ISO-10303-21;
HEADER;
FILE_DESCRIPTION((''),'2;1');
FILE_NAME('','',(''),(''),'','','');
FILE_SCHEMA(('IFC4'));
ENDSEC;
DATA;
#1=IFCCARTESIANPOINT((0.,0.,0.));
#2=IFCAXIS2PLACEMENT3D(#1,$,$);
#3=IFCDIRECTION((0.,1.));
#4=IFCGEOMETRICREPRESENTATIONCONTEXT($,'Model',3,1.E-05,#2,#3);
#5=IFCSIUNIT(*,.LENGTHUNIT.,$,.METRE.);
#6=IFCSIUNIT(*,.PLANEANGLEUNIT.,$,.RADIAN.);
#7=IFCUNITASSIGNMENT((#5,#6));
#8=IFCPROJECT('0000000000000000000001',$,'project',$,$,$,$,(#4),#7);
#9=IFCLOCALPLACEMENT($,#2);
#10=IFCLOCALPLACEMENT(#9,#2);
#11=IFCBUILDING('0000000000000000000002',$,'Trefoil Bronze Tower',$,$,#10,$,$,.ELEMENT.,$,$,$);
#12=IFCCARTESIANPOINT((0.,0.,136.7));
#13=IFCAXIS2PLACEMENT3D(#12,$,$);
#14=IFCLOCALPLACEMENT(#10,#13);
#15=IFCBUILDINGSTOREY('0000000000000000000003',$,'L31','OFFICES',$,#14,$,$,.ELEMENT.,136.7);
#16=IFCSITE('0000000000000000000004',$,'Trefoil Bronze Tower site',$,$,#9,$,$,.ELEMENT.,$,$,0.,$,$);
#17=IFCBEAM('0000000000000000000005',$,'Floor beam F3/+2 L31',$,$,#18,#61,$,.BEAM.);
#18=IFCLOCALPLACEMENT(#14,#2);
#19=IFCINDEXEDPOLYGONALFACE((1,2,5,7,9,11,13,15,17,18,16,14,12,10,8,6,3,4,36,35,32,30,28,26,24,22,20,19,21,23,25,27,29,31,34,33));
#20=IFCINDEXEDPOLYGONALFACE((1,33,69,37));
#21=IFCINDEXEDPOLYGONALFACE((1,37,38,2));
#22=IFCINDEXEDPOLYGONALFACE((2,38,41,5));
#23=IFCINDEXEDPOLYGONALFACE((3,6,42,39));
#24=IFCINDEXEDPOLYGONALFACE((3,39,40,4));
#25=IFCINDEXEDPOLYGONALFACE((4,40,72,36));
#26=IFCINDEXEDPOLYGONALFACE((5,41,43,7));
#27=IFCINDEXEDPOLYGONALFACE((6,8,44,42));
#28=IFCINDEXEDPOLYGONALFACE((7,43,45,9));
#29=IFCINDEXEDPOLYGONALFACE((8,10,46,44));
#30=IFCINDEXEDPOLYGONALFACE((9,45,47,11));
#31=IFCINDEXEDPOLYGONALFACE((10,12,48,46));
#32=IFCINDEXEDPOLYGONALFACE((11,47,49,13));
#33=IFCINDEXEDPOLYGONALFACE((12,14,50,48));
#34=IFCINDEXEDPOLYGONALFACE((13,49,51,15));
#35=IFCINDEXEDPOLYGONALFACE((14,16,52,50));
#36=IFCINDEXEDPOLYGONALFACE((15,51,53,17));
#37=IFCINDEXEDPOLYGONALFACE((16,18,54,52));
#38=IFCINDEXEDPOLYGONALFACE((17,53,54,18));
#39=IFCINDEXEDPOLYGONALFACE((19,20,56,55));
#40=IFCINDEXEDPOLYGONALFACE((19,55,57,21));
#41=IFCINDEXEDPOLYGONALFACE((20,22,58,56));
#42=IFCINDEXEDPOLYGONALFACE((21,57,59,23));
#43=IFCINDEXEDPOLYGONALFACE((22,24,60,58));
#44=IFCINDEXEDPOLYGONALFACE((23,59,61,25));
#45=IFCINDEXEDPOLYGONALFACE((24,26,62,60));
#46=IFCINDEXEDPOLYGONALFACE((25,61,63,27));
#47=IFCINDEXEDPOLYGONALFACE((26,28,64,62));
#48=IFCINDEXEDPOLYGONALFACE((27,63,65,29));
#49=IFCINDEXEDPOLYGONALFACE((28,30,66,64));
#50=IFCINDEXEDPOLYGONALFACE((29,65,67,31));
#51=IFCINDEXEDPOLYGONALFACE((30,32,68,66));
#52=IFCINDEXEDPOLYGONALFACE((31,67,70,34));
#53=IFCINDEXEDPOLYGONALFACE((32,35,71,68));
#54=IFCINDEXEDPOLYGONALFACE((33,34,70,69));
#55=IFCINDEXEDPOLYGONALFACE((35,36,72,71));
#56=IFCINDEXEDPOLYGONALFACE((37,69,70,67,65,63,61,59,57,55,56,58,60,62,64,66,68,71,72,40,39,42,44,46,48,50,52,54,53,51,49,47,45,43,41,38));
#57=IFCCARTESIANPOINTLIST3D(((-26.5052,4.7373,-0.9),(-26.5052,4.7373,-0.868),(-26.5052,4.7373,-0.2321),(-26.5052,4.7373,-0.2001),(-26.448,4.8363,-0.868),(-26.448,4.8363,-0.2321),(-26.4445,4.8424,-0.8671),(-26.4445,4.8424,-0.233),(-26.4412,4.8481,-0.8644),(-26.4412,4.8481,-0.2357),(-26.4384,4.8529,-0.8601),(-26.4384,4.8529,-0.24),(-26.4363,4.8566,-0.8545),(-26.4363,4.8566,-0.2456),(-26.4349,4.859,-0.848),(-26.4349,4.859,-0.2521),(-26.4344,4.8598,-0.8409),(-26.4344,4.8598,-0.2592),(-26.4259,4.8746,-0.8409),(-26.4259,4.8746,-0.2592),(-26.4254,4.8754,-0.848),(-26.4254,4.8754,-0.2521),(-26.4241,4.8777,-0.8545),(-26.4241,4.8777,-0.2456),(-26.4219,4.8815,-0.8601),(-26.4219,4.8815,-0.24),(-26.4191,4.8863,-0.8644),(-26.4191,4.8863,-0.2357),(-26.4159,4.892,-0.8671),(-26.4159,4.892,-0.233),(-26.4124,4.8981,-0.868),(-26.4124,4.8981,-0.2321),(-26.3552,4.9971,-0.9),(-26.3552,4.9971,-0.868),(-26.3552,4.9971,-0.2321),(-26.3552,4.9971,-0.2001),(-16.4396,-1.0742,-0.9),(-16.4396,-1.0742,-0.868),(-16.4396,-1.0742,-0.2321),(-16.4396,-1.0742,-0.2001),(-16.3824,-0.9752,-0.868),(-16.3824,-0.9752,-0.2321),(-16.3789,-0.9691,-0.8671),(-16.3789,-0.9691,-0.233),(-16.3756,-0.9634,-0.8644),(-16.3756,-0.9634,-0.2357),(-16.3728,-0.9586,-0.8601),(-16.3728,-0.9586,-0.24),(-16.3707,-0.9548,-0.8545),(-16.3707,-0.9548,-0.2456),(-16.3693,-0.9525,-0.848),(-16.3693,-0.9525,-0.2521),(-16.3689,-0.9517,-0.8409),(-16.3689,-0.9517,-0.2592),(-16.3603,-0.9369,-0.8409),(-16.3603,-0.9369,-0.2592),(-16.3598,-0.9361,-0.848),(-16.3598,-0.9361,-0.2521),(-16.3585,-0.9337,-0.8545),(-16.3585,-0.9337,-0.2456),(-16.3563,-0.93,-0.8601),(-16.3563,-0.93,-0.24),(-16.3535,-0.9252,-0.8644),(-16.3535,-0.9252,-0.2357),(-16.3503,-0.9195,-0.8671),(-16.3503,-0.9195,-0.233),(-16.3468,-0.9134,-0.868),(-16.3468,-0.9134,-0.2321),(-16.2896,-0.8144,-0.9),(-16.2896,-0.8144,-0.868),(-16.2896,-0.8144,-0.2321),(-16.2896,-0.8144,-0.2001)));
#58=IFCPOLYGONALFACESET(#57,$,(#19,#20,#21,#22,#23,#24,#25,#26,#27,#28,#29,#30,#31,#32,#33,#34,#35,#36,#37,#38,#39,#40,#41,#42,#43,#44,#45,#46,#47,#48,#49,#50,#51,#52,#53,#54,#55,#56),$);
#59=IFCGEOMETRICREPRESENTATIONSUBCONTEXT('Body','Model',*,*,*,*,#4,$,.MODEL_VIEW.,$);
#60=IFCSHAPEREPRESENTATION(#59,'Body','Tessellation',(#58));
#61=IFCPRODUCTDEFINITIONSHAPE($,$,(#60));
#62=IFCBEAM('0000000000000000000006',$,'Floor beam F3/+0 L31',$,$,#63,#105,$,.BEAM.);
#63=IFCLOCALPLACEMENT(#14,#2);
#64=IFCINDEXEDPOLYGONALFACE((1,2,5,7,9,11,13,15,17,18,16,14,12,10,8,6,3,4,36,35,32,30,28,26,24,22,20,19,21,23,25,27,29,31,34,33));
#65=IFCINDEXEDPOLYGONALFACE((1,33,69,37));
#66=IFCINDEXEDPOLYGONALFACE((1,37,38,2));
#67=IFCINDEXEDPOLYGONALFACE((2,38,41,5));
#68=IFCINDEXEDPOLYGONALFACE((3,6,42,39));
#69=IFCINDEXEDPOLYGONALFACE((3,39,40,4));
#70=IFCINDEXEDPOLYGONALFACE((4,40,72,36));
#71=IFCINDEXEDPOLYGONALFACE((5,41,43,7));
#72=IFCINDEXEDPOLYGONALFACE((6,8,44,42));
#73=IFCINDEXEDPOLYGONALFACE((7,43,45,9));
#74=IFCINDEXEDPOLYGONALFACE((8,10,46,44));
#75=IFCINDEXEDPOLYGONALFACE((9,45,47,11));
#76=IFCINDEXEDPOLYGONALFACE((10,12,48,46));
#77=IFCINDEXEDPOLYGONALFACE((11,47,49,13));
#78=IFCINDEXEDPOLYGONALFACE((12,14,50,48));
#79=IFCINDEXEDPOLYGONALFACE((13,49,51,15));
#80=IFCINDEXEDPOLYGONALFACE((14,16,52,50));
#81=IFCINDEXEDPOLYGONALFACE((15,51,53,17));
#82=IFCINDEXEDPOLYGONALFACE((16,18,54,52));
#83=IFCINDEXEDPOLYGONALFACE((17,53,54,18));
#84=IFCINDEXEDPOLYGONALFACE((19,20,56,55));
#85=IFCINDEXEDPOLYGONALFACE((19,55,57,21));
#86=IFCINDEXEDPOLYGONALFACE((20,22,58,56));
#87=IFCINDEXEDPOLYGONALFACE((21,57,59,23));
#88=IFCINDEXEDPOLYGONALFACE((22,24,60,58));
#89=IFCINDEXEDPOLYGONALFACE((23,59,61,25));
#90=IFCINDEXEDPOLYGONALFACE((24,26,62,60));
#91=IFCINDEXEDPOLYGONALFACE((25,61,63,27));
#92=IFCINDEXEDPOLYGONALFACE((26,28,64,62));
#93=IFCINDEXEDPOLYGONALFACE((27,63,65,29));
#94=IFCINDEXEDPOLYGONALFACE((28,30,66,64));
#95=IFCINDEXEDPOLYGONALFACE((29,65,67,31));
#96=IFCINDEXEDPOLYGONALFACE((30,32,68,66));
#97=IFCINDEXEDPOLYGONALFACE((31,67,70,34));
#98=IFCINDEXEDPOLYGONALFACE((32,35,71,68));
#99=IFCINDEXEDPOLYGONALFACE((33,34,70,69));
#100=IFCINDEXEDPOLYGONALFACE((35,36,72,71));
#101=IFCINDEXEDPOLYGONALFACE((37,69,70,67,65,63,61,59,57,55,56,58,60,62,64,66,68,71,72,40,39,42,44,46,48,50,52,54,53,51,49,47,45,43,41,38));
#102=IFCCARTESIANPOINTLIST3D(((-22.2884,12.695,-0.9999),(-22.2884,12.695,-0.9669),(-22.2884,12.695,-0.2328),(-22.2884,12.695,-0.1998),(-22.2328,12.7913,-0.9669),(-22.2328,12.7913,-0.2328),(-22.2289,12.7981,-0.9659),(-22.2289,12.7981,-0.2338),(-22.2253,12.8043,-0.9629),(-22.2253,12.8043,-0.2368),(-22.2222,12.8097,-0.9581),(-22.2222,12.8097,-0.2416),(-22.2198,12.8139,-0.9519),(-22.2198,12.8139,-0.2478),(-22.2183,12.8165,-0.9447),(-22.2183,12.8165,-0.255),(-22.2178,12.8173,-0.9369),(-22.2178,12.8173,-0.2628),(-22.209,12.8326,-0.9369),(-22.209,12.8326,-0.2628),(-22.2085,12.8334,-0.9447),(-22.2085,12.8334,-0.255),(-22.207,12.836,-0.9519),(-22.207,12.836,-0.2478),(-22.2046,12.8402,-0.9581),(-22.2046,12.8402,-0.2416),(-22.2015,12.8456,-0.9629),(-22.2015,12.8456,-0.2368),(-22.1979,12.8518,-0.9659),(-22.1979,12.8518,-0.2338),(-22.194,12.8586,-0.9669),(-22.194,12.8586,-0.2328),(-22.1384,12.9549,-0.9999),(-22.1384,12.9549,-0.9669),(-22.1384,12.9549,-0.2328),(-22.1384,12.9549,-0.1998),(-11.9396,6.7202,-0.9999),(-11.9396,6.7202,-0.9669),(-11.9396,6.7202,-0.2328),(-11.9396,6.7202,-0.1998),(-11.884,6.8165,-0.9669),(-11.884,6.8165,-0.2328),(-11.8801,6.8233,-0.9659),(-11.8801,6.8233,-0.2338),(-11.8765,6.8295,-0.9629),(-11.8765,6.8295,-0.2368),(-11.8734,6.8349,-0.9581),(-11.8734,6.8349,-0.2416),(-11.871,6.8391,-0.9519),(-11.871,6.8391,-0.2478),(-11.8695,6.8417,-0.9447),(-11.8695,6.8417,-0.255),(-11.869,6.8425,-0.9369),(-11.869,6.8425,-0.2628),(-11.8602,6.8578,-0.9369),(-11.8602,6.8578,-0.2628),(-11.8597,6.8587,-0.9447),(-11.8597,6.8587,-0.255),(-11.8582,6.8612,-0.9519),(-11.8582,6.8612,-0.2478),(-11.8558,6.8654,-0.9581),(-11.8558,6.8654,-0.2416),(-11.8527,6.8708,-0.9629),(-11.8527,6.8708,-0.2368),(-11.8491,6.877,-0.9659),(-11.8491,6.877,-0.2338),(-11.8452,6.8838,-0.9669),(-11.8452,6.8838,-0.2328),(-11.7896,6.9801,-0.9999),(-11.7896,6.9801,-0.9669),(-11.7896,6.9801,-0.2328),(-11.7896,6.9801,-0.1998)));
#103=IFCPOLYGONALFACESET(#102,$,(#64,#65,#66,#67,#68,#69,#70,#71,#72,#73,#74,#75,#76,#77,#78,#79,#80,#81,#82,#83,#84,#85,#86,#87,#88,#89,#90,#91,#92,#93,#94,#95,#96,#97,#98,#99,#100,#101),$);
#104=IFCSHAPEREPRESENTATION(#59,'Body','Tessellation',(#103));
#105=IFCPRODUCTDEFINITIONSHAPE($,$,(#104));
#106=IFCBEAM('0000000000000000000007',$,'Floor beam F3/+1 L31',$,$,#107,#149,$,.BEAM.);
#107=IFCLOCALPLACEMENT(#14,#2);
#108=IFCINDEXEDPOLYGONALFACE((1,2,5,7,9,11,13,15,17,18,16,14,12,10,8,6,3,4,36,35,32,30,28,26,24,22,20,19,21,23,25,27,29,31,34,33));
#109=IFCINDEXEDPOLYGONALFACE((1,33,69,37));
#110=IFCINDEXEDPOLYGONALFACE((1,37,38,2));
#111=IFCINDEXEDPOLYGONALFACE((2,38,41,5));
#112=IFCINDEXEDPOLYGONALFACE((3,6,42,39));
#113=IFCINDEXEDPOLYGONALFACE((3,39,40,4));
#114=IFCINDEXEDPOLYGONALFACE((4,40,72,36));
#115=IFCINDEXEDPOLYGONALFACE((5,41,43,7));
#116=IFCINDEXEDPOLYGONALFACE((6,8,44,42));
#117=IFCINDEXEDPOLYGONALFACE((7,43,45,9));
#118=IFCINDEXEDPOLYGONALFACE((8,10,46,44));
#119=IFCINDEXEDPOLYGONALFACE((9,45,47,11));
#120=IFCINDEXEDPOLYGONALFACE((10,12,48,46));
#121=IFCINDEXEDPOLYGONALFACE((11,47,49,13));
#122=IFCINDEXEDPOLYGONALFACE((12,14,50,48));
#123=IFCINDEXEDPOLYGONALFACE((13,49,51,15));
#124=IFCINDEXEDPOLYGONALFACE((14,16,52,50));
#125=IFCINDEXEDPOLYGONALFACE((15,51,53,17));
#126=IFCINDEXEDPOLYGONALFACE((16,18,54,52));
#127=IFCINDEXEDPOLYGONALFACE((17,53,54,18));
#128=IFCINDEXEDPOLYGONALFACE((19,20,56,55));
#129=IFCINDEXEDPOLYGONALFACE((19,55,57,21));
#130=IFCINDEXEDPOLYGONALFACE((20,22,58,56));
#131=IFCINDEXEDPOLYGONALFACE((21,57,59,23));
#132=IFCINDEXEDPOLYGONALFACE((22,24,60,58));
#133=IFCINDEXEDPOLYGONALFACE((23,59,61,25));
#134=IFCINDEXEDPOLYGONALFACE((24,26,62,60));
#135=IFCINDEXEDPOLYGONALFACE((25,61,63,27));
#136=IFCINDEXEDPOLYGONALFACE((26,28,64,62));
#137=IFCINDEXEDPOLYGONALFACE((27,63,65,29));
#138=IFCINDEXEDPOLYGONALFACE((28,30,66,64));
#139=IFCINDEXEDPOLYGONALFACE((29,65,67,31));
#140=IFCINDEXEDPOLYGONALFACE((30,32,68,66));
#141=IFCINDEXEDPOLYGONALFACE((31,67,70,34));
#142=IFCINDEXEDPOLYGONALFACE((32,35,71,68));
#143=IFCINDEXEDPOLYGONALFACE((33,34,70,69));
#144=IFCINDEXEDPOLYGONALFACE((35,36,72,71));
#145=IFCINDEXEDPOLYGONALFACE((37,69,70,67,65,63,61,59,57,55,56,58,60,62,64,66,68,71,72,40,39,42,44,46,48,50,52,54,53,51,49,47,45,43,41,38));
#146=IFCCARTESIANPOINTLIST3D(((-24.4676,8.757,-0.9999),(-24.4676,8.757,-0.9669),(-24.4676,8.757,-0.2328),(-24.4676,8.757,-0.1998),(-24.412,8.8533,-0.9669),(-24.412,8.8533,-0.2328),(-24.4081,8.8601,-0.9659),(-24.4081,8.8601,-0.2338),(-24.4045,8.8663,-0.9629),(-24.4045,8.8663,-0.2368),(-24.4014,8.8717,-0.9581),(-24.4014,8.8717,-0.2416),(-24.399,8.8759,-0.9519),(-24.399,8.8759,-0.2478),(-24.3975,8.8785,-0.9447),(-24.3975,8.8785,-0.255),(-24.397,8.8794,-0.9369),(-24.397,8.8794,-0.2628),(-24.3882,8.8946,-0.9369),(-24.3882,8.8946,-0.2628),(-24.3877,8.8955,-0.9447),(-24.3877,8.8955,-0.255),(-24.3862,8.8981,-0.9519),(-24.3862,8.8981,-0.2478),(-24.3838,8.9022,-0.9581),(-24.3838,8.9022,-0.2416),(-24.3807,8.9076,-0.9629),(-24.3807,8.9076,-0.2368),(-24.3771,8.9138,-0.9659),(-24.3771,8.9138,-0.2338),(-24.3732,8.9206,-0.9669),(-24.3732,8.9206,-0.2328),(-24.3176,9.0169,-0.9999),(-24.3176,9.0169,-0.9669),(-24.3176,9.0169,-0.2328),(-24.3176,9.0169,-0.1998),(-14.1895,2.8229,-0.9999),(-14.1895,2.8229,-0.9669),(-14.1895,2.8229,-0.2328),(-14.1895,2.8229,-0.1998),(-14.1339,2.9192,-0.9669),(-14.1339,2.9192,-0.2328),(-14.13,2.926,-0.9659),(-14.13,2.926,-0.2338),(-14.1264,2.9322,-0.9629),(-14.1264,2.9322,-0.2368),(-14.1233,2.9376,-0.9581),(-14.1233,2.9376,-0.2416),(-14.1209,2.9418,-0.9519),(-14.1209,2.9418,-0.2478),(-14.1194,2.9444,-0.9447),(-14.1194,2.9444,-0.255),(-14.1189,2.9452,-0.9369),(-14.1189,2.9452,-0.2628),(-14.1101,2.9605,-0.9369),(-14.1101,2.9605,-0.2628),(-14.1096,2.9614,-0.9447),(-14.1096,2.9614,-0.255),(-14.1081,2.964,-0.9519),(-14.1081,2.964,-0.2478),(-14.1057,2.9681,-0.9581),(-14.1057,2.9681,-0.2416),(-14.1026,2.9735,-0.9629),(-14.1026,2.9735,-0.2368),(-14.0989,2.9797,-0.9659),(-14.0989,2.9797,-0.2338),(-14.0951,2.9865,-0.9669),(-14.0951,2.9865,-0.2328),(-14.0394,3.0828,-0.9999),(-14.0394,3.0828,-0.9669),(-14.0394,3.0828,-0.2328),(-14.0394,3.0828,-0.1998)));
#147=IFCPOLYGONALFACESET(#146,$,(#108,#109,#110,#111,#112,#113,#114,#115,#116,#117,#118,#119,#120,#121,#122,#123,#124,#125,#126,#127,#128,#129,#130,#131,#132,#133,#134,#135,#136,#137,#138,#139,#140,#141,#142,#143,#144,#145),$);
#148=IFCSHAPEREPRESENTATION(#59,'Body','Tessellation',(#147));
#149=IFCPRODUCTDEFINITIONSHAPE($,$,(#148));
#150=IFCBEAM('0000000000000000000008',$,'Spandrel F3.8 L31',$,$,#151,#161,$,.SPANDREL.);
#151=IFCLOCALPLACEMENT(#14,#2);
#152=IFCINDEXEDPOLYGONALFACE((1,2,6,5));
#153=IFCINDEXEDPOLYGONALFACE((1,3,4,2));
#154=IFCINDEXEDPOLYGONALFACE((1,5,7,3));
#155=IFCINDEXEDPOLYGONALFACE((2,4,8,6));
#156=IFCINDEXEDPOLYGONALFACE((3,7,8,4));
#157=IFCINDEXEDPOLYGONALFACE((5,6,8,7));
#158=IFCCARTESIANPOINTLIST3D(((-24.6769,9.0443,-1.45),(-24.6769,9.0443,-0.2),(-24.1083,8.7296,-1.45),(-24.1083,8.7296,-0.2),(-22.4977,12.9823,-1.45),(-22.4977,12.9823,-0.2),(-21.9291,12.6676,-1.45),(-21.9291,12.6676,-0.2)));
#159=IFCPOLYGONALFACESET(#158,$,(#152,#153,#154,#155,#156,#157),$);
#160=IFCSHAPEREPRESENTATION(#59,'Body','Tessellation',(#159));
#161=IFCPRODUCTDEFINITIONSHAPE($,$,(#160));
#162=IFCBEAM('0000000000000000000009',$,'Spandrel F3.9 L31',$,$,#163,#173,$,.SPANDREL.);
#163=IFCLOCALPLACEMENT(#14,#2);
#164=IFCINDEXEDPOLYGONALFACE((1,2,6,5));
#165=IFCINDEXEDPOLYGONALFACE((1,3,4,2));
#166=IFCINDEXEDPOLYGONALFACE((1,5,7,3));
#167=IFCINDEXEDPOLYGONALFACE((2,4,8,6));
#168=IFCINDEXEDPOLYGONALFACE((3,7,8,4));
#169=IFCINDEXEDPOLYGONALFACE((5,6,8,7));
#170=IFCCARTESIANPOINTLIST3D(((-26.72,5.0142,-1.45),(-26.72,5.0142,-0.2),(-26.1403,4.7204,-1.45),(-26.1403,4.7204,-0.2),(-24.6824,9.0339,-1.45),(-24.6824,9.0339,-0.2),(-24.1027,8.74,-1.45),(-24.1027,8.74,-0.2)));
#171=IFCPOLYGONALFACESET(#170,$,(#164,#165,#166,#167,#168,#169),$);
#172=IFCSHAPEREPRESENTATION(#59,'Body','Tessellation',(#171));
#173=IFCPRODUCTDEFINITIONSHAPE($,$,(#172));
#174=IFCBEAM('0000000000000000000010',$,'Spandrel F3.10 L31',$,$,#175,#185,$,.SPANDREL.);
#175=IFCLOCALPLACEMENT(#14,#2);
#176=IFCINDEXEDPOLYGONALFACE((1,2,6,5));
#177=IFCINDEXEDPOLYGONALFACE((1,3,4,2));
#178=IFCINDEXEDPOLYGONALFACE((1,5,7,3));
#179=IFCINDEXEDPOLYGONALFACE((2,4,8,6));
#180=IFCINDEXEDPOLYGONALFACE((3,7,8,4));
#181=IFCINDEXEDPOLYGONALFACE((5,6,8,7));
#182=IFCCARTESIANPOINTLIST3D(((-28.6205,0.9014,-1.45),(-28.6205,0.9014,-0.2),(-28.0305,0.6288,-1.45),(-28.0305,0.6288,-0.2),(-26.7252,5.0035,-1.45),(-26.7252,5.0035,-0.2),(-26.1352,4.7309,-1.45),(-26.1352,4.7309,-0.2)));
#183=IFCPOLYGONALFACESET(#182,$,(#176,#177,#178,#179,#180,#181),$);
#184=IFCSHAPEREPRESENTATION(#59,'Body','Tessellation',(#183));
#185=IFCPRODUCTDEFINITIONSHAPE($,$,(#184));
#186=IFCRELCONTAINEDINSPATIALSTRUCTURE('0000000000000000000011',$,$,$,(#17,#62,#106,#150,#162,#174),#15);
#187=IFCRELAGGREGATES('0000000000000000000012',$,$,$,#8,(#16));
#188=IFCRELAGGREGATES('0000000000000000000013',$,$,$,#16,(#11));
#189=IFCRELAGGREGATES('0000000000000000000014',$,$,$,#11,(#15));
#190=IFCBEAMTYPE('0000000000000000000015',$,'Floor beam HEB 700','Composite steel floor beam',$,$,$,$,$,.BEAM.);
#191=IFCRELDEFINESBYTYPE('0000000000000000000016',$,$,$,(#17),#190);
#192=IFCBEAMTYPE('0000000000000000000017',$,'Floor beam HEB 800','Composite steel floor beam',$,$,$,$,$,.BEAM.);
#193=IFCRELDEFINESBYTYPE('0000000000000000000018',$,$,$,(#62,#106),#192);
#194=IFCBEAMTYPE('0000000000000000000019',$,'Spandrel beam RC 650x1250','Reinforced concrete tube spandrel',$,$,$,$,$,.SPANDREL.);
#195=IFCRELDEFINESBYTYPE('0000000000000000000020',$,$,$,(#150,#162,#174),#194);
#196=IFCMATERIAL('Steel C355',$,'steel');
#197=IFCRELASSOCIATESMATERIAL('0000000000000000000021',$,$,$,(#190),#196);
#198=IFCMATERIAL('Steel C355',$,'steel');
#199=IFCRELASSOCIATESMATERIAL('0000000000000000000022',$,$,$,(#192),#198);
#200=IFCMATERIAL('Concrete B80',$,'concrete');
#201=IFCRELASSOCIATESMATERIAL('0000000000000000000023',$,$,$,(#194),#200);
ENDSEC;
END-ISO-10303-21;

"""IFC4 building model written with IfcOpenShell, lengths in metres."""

from ifc_helpers import new_model, si_unit, direction, frame, origin, origin_2d, place, context, subcontext, project, spatial, rectangle, i_section, extrude, material, material_profile, profile_set, type_object, element, save


model = new_model("IFC4")

# Units and contexts
model_context = context("Model", 3, precision=1e-05, world=origin(), true_north=direction((0.0, 1.0)))
body_context = subcontext(model_context, "Body", "Model", "MODEL_VIEW")
ifc_project = project(units=[si_unit("LENGTHUNIT", "METRE"), si_unit("PLANEANGLEUNIT", "RADIAN")], contexts=[model_context])

# Site, building, storey
site_placement = place(None, origin())
site = spatial("IfcSite", under=ifc_project, at=site_placement, Name="Trefoil Bronze Tower site", CompositionType="ELEMENT", RefElevation=0.0)
building_placement = place(site_placement, origin())
building = spatial("IfcBuilding", under=site, at=building_placement, Name="Trefoil Bronze Tower", CompositionType="ELEMENT")
storey_placement = place(building_placement, frame((0.0, 0.0, 136.7)))
storey = spatial("IfcBuildingStorey", under=building, at=storey_placement, Name="L31", Description="OFFICES", CompositionType="ELEMENT", Elevation=136.7)

# Beams
ifc_material_1 = material(Name="Steel C355", Category="steel")
ifc_material_profile_1 = material_profile(ifc_material_1, i_section(OverallWidth=0.3, OverallDepth=0.7, WebThickness=0.0171, FlangeThickness=0.032, FilletRadius=0.0271, at=origin_2d()), Name="HEB 700")
ifc_profile_set_1 = profile_set([ifc_material_profile_1], Name="Steel C355")
beam_type_1 = type_object("IfcBeamType", Name="Floor beam HEB 700", Description="Composite steel floor beam", PredefinedType="BEAM", material=ifc_profile_set_1)
beam_1_placement = place(storey_placement, frame((-26.4302, 4.8672, -0.55), z_axis=(0.866022, -0.500007, 0.0), x_axis=(0.500007, 0.866022, 0.0)))
element("IfcBeam", 1, at=beam_1_placement, inside=storey, type_object=beam_type_1, Name="Floor beam F3/+2 L31", PredefinedType="BEAM", context=body_context, shape_type="SweptSolid", body=[
    extrude(i_section(OverallWidth=0.3, OverallDepth=0.7, WebThickness=0.0171, FlangeThickness=0.032, FilletRadius=0.0271, at=origin_2d()), origin(), (0.0, 0.0, 1.0), 11.6228),
])
ifc_material_2 = material(Name="Steel C355", Category="steel")
ifc_material_profile_2 = material_profile(ifc_material_2, i_section(OverallWidth=0.3, OverallDepth=0.8, WebThickness=0.0176, FlangeThickness=0.033, FilletRadius=0.03, at=origin_2d()), Name="HEB 800")
ifc_profile_set_2 = profile_set([ifc_material_profile_2], Name="Steel C355")
beam_type_2 = type_object("IfcBeamType", Name="Floor beam HEB 800", Description="Composite steel floor beam", PredefinedType="BEAM", material=ifc_profile_set_2)
beam_2_placement = place(storey_placement, frame((-22.2134, 12.825, -0.5999), z_axis=(0.866028, -0.499995, 0.0), x_axis=(0.499995, 0.866028, 0.0)))
element("IfcBeam", 2, at=beam_2_placement, inside=storey, type_object=beam_type_2, Name="Floor beam F3/+0 L31", PredefinedType="BEAM", context=body_context, shape_type="SweptSolid", body=[
    extrude(i_section(OverallWidth=0.3, OverallDepth=0.8, WebThickness=0.0176, FlangeThickness=0.033, FilletRadius=0.03, at=origin_2d()), origin(), (0.0, 0.0, 1.0), 11.9497),
])
beam_3_placement = place(storey_placement, frame((-24.3926, 8.887, -0.5999), z_axis=(0.866024, -0.500002, 0.0), x_axis=(0.500002, 0.866024, 0.0)))
element("IfcBeam", 3, at=beam_3_placement, inside=storey, type_object=beam_type_2, Name="Floor beam F3/+1 L31", PredefinedType="BEAM", context=body_context, shape_type="SweptSolid", body=[
    extrude(i_section(OverallWidth=0.3, OverallDepth=0.8, WebThickness=0.0176, FlangeThickness=0.033, FilletRadius=0.03, at=origin_2d()), origin(), (0.0, 0.0, 1.0), 11.8682),
])
ifc_material_3 = material(Name="Concrete B80", Category="concrete")
ifc_material_profile_3 = material_profile(ifc_material_3, rectangle(XDim=0.6499, YDim=1.25, at=origin_2d()), Name="RC 650x1250")
ifc_profile_set_3 = profile_set([ifc_material_profile_3], Name="Concrete B80")
beam_type_3 = type_object("IfcBeamType", Name="Spandrel beam RC 650x1250", Description="Reinforced concrete tube spandrel", PredefinedType="SPANDREL", material=ifc_profile_set_3)
beam_4_placement = place(storey_placement, frame((-22.2134, 12.825, -0.825), z_axis=(-0.484187, -0.874965, 0.0), x_axis=(0.874965, -0.484187, 0.0)))
element("IfcBeam", 4, at=beam_4_placement, inside=storey, type_object=beam_type_3, Name="Spandrel F3.8 L31", PredefinedType="SPANDREL", context=body_context, shape_type="SweptSolid", body=[
    extrude(rectangle(XDim=0.6499, YDim=1.25, at=origin_2d()), origin(), (0.0, 0.0, 1.0), 4.5007),
])
beam_5_placement = place(storey_placement, frame((-24.3926, 8.887, -0.825), z_axis=(-0.452126, -0.891954, 0.0), x_axis=(0.891954, -0.452126, 0.0)))
element("IfcBeam", 5, at=beam_5_placement, inside=storey, type_object=beam_type_3, Name="Spandrel F3.9 L31", PredefinedType="SPANDREL", context=body_context, shape_type="SweptSolid", body=[
    extrude(rectangle(XDim=0.6499, YDim=1.25, at=origin_2d()), origin(), (0.0, 0.0, 1.0), 4.5066),
])
beam_6_placement = place(storey_placement, frame((-26.4302, 4.8672, -0.825), z_axis=(-0.419425, -0.90779, 0.0), x_axis=(0.90779, -0.419425, 0.0)))
element("IfcBeam", 6, at=beam_6_placement, inside=storey, type_object=beam_type_3, Name="Spandrel F3.10 L31", PredefinedType="SPANDREL", context=body_context, shape_type="SweptSolid", body=[
    extrude(rectangle(XDim=0.6499, YDim=1.25, at=origin_2d()), origin(), (0.0, 0.0, 1.0), 4.5188),
])

save(model, "model.ifc")
